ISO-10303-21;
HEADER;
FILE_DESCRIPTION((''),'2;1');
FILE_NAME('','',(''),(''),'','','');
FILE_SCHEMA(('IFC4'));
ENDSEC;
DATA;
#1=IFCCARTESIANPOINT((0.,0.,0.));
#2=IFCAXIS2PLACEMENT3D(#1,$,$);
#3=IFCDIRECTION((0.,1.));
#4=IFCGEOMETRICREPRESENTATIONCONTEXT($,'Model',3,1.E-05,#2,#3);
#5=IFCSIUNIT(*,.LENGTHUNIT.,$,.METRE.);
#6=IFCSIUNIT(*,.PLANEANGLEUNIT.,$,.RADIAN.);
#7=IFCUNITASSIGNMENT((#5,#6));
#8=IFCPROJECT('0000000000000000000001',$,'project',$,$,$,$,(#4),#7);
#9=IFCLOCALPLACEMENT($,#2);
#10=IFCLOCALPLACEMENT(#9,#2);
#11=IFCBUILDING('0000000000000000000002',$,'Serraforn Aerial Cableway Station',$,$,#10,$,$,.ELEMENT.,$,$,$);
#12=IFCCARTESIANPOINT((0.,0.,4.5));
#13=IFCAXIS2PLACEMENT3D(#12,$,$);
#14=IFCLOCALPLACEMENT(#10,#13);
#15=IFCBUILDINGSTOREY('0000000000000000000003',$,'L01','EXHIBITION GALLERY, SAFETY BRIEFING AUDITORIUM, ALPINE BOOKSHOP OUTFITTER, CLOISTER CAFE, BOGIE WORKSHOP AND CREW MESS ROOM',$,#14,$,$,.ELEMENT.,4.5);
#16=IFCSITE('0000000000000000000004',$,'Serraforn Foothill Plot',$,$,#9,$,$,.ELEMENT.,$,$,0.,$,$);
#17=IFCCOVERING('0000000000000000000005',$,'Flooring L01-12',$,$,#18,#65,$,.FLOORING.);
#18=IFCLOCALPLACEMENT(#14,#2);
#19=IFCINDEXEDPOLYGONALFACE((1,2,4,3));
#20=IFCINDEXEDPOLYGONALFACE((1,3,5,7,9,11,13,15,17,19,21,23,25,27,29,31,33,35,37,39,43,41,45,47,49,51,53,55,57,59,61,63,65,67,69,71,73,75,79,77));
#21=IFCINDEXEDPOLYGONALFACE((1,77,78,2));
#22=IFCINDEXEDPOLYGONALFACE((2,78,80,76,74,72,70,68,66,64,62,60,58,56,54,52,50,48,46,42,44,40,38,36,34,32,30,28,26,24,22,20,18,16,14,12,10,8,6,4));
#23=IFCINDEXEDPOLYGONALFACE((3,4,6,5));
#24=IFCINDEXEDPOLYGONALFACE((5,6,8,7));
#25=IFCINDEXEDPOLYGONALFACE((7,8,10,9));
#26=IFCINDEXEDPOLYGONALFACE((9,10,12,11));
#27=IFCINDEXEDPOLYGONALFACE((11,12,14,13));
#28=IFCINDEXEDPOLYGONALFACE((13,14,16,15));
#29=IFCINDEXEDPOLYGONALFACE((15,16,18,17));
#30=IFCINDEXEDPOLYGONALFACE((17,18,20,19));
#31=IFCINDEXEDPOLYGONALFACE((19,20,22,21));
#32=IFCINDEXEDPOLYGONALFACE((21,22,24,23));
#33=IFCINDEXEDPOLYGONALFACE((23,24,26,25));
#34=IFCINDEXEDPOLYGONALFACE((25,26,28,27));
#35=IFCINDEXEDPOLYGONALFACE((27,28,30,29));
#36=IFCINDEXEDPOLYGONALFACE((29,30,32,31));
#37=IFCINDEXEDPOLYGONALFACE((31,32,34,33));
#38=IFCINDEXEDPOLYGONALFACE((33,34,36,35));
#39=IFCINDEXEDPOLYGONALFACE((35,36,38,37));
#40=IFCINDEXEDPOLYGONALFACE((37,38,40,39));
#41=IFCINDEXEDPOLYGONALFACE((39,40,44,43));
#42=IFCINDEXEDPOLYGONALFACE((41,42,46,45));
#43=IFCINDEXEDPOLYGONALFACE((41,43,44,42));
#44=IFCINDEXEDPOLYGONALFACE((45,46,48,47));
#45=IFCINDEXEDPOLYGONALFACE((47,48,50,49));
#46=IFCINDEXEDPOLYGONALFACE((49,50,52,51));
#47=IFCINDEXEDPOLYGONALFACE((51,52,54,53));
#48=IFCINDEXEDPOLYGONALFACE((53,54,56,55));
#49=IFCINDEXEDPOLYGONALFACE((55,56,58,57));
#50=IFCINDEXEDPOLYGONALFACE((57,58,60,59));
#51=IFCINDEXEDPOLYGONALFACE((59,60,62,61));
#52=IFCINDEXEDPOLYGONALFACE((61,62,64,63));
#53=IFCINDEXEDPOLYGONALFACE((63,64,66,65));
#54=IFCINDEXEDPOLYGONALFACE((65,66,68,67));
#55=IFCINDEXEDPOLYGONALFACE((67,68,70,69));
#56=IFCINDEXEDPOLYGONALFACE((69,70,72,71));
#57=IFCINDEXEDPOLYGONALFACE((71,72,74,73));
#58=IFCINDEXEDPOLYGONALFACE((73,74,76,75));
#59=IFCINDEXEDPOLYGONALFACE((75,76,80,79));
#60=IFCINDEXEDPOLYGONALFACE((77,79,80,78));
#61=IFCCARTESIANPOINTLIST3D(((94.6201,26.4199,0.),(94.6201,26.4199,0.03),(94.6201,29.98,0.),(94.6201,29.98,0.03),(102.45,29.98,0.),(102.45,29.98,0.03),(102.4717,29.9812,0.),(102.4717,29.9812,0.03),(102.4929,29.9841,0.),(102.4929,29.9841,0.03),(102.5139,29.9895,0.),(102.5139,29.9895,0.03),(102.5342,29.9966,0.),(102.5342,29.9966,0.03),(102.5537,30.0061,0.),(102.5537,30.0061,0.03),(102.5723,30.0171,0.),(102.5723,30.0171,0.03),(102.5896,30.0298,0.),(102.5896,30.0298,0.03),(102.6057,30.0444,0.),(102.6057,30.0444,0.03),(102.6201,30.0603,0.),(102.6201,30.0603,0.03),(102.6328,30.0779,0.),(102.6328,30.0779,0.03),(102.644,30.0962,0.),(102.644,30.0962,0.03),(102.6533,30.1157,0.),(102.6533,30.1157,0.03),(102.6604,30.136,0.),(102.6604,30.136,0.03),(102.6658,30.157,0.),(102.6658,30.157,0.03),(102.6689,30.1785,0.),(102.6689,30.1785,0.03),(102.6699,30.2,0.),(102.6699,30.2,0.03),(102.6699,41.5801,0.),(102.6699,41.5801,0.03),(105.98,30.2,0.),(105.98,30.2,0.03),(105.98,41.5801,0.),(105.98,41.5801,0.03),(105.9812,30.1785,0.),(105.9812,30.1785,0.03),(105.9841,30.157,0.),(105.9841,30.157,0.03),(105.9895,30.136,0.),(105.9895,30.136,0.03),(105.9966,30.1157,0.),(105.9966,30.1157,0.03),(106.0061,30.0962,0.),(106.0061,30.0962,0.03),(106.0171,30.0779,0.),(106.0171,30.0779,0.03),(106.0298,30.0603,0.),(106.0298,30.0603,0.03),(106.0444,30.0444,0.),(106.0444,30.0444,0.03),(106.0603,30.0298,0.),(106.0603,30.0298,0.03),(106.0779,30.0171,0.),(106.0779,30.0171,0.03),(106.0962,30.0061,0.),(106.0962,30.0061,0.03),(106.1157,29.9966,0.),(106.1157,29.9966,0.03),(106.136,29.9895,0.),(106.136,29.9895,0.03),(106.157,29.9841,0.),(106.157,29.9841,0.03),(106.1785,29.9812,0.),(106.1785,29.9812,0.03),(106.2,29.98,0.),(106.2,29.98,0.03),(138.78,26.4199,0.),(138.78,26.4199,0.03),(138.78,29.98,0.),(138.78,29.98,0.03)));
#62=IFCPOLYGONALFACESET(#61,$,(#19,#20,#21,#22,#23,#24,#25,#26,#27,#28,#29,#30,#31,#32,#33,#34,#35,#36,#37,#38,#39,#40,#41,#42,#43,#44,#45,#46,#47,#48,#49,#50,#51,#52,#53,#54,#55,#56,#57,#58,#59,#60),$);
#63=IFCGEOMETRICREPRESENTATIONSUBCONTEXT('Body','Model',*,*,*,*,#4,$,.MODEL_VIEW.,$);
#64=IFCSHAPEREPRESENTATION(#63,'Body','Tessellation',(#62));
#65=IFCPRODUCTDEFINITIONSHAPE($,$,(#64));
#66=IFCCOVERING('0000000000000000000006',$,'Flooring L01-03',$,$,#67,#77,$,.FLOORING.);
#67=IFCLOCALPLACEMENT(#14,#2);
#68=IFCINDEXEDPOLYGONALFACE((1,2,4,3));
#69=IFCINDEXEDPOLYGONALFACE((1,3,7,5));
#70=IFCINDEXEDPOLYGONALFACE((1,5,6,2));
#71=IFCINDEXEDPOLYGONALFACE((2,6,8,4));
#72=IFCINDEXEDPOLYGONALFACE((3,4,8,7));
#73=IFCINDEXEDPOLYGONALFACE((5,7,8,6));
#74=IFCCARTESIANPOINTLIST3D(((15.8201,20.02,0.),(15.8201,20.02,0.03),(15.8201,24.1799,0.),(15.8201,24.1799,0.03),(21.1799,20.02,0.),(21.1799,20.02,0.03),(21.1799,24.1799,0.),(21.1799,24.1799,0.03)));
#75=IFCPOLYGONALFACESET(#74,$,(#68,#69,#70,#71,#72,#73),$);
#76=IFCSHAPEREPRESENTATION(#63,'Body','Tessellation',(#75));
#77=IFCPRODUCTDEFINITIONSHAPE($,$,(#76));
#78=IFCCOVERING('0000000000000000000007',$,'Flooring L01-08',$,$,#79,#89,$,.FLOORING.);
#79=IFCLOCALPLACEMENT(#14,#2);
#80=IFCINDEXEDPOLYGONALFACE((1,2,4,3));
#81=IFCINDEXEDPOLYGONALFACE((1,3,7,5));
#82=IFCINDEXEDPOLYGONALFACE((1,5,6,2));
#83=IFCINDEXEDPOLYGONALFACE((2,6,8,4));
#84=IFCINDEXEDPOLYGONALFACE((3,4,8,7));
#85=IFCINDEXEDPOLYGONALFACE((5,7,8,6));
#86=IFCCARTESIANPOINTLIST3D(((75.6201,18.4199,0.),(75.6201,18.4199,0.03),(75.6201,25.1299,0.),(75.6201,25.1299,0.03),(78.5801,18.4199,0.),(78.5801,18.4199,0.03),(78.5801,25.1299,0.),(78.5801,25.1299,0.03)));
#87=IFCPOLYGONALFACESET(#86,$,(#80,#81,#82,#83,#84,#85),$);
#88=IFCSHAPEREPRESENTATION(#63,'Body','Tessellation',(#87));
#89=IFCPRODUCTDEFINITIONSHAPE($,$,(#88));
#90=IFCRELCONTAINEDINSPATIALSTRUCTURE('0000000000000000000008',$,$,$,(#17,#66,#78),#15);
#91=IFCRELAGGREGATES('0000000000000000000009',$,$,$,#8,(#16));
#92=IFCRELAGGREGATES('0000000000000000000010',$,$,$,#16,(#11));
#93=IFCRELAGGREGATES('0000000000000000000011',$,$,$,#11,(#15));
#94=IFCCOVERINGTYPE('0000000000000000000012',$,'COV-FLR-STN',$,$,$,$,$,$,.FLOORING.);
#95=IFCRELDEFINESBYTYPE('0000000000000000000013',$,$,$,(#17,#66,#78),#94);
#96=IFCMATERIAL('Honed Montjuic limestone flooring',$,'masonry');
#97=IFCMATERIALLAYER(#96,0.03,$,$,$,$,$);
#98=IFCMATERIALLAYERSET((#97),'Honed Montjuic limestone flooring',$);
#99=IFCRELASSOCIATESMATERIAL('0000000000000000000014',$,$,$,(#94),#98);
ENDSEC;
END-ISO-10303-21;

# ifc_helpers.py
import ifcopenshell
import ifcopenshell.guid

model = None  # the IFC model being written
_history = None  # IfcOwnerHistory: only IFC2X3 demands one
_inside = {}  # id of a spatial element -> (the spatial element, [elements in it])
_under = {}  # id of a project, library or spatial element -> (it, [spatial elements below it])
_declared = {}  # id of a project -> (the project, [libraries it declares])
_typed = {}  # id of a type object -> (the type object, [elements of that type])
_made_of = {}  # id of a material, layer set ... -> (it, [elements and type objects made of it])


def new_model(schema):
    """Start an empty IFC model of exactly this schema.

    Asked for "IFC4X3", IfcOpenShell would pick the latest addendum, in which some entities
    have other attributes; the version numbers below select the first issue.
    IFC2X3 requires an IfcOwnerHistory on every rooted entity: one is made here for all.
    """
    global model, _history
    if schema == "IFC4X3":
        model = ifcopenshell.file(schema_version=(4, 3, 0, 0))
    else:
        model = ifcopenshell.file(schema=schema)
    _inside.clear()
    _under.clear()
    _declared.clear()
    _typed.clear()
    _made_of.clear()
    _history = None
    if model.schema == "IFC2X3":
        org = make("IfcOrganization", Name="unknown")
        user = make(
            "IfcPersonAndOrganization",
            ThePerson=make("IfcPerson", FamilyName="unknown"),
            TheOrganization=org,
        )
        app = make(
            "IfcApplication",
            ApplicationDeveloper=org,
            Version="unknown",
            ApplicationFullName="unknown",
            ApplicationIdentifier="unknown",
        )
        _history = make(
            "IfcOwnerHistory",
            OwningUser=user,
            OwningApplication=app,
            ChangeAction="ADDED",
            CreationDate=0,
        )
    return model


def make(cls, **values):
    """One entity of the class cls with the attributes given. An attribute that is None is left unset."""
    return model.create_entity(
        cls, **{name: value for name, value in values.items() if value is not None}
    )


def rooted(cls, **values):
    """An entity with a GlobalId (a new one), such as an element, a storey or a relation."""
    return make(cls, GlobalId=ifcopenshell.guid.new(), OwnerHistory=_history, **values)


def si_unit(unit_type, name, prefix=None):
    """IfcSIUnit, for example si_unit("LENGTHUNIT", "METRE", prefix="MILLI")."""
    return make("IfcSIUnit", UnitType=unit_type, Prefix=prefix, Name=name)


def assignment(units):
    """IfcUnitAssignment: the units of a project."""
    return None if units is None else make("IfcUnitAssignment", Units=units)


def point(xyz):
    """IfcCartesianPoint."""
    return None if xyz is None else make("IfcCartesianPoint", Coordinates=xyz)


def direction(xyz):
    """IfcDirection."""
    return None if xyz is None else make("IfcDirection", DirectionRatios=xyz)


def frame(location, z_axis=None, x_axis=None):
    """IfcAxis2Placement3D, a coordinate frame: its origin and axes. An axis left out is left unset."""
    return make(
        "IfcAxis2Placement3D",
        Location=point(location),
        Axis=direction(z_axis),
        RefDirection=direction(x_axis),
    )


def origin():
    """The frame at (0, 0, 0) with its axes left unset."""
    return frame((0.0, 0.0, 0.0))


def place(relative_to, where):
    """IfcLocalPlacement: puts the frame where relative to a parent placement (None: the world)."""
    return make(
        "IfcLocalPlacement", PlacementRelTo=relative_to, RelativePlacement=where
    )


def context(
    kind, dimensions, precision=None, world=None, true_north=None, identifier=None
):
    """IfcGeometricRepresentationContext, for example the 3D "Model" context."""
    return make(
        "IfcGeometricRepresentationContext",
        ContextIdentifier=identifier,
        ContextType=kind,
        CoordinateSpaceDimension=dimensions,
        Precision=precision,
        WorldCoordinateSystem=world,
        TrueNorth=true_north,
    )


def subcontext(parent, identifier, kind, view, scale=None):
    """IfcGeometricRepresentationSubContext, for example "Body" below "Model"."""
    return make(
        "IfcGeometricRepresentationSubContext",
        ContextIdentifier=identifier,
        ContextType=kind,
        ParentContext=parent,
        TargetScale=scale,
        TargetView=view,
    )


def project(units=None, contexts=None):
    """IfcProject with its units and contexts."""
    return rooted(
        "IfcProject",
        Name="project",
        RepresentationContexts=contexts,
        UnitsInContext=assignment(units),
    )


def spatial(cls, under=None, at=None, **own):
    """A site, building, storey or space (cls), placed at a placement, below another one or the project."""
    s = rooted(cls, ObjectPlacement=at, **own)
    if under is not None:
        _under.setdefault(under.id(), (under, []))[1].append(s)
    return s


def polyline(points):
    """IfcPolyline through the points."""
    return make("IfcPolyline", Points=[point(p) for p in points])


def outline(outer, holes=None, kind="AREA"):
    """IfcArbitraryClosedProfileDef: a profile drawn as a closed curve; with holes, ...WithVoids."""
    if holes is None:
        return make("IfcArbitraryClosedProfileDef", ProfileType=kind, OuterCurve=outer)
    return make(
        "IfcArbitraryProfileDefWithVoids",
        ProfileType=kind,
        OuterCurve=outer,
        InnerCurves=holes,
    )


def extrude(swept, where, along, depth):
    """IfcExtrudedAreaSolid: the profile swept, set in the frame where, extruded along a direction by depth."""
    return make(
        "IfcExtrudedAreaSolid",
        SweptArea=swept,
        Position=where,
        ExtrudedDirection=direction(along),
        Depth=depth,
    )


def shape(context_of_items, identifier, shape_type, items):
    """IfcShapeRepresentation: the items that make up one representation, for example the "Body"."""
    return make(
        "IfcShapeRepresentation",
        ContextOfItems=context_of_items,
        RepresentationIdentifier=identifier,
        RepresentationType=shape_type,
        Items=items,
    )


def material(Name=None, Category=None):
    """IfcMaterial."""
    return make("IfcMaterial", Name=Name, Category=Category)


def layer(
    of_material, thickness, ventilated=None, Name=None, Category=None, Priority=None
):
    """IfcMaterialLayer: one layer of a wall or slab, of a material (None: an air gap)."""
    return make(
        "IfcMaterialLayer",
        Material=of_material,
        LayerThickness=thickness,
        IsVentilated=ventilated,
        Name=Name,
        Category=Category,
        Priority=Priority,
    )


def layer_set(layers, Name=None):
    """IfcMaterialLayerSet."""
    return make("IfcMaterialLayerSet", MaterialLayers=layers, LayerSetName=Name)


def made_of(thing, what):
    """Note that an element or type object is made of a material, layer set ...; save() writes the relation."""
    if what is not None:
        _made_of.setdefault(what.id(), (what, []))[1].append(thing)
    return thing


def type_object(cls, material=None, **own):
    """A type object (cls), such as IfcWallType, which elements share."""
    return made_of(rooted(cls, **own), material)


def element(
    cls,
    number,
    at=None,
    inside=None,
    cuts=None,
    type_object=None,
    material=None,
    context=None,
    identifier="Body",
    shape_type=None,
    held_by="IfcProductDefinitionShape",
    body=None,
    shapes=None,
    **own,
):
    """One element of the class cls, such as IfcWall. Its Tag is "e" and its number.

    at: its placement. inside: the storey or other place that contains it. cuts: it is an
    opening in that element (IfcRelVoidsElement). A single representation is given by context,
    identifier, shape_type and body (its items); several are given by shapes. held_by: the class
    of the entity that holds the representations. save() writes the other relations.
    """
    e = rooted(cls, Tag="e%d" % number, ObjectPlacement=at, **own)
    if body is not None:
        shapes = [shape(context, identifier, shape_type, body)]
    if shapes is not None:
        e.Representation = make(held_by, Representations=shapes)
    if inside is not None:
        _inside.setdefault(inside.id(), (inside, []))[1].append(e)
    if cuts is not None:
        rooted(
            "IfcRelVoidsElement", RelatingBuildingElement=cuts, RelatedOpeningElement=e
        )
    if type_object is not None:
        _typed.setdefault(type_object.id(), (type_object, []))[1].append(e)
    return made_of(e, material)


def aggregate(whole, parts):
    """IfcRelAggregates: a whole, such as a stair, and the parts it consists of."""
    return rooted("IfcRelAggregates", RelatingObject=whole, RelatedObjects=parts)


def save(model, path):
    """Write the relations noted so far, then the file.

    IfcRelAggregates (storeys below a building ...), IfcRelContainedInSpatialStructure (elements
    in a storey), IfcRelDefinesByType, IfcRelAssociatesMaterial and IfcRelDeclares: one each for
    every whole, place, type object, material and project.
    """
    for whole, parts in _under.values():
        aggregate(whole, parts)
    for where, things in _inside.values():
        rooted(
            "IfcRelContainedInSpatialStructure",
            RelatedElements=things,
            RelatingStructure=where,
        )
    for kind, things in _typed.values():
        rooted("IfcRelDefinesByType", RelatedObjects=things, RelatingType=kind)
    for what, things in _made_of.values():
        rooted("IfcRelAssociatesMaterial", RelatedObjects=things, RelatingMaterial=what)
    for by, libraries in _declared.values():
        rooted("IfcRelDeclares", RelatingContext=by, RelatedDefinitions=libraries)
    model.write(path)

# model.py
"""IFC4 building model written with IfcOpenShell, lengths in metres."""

from ifc_helpers import new_model, si_unit, direction, frame, origin, place, context, subcontext, project, spatial, polyline, outline, extrude, material, layer, layer_set, type_object, element, save


model = new_model("IFC4")

# Units and contexts
model_context = context("Model", 3, precision=1e-05, world=origin(), true_north=direction((0.0, 1.0)))
body_context = subcontext(model_context, "Body", "Model", "MODEL_VIEW")
ifc_project = project(units=[si_unit("LENGTHUNIT", "METRE"), si_unit("PLANEANGLEUNIT", "RADIAN")], contexts=[model_context])

# Site, building, storey
site_placement = place(None, origin())
site = spatial("IfcSite", under=ifc_project, at=site_placement, Name="Serraforn Foothill Plot", CompositionType="ELEMENT", RefElevation=0.0)
building_placement = place(site_placement, origin())
building = spatial("IfcBuilding", under=site, at=building_placement, Name="Serraforn Aerial Cableway Station", CompositionType="ELEMENT")
storey_placement = place(building_placement, frame((0.0, 0.0, 4.5)))
storey = spatial("IfcBuildingStorey", under=building, at=storey_placement, Name="L01", Description="EXHIBITION GALLERY, SAFETY BRIEFING AUDITORIUM, ALPINE BOOKSHOP OUTFITTER, CLOISTER CAFE, BOGIE WORKSHOP AND CREW MESS ROOM", CompositionType="ELEMENT", Elevation=4.5)

# Coverings
ifc_material_1 = material(Name="Honed Montjuic limestone flooring", Category="masonry")
ifc_layer_1 = layer(ifc_material_1, 0.03)
ifc_layer_set_1 = layer_set([ifc_layer_1], Name="Honed Montjuic limestone flooring")
covering_type_1 = type_object("IfcCoveringType", Name="COV-FLR-STN", PredefinedType="FLOORING", material=ifc_layer_set_1)
covering_1_placement = place(storey_placement, origin())
element("IfcCovering", 1, at=covering_1_placement, inside=storey, type_object=covering_type_1, Name="Flooring L01-12", PredefinedType="FLOORING", context=body_context, shape_type="SweptSolid", body=[
    extrude(outline(polyline([(138.78, 26.4199), (94.6201, 26.4199), (94.6201, 29.98), (102.45, 29.98), (102.4717, 29.9812), (102.4929, 29.9841), (102.5139, 29.9895), (102.5342, 29.9966), (102.5537, 30.0061), (102.5723, 30.0171), (102.5896, 30.0298), (102.6057, 30.0444), (102.6201, 30.0603), (102.6328, 30.0779), (102.644, 30.0962), (102.6533, 30.1157), (102.6604, 30.136), (102.6658, 30.157), (102.6689, 30.1785), (102.6699, 30.2), (102.6699, 41.5801), (105.98, 41.5801), (105.98, 30.2), (105.9812, 30.1785), (105.9841, 30.157), (105.9895, 30.136), (105.9966, 30.1157), (106.0061, 30.0962), (106.0171, 30.0779), (106.0298, 30.0603), (106.0444, 30.0444), (106.0603, 30.0298), (106.0779, 30.0171), (106.0962, 30.0061), (106.1157, 29.9966), (106.136, 29.9895), (106.157, 29.9841), (106.1785, 29.9812), (106.2, 29.98), (138.78, 29.98), (138.78, 26.4199)])), origin(), (0.0, 0.0, 1.0), 0.03),
])
covering_2_placement = place(storey_placement, origin())
element("IfcCovering", 2, at=covering_2_placement, inside=storey, type_object=covering_type_1, Name="Flooring L01-03", PredefinedType="FLOORING", context=body_context, shape_type="SweptSolid", body=[
    extrude(outline(polyline([(15.8201, 20.02), (15.8201, 24.1799), (21.1799, 24.1799), (21.1799, 20.02), (15.8201, 20.02)])), origin(), (0.0, 0.0, 1.0), 0.03),
])
covering_3_placement = place(storey_placement, origin())
element("IfcCovering", 3, at=covering_3_placement, inside=storey, type_object=covering_type_1, Name="Flooring L01-08", PredefinedType="FLOORING", context=body_context, shape_type="SweptSolid", body=[
    extrude(outline(polyline([(75.6201, 18.4199), (75.6201, 25.1299), (78.5801, 25.1299), (78.5801, 18.4199), (75.6201, 18.4199)])), origin(), (0.0, 0.0, 1.0), 0.03),
])

save(model, "model.ifc")
